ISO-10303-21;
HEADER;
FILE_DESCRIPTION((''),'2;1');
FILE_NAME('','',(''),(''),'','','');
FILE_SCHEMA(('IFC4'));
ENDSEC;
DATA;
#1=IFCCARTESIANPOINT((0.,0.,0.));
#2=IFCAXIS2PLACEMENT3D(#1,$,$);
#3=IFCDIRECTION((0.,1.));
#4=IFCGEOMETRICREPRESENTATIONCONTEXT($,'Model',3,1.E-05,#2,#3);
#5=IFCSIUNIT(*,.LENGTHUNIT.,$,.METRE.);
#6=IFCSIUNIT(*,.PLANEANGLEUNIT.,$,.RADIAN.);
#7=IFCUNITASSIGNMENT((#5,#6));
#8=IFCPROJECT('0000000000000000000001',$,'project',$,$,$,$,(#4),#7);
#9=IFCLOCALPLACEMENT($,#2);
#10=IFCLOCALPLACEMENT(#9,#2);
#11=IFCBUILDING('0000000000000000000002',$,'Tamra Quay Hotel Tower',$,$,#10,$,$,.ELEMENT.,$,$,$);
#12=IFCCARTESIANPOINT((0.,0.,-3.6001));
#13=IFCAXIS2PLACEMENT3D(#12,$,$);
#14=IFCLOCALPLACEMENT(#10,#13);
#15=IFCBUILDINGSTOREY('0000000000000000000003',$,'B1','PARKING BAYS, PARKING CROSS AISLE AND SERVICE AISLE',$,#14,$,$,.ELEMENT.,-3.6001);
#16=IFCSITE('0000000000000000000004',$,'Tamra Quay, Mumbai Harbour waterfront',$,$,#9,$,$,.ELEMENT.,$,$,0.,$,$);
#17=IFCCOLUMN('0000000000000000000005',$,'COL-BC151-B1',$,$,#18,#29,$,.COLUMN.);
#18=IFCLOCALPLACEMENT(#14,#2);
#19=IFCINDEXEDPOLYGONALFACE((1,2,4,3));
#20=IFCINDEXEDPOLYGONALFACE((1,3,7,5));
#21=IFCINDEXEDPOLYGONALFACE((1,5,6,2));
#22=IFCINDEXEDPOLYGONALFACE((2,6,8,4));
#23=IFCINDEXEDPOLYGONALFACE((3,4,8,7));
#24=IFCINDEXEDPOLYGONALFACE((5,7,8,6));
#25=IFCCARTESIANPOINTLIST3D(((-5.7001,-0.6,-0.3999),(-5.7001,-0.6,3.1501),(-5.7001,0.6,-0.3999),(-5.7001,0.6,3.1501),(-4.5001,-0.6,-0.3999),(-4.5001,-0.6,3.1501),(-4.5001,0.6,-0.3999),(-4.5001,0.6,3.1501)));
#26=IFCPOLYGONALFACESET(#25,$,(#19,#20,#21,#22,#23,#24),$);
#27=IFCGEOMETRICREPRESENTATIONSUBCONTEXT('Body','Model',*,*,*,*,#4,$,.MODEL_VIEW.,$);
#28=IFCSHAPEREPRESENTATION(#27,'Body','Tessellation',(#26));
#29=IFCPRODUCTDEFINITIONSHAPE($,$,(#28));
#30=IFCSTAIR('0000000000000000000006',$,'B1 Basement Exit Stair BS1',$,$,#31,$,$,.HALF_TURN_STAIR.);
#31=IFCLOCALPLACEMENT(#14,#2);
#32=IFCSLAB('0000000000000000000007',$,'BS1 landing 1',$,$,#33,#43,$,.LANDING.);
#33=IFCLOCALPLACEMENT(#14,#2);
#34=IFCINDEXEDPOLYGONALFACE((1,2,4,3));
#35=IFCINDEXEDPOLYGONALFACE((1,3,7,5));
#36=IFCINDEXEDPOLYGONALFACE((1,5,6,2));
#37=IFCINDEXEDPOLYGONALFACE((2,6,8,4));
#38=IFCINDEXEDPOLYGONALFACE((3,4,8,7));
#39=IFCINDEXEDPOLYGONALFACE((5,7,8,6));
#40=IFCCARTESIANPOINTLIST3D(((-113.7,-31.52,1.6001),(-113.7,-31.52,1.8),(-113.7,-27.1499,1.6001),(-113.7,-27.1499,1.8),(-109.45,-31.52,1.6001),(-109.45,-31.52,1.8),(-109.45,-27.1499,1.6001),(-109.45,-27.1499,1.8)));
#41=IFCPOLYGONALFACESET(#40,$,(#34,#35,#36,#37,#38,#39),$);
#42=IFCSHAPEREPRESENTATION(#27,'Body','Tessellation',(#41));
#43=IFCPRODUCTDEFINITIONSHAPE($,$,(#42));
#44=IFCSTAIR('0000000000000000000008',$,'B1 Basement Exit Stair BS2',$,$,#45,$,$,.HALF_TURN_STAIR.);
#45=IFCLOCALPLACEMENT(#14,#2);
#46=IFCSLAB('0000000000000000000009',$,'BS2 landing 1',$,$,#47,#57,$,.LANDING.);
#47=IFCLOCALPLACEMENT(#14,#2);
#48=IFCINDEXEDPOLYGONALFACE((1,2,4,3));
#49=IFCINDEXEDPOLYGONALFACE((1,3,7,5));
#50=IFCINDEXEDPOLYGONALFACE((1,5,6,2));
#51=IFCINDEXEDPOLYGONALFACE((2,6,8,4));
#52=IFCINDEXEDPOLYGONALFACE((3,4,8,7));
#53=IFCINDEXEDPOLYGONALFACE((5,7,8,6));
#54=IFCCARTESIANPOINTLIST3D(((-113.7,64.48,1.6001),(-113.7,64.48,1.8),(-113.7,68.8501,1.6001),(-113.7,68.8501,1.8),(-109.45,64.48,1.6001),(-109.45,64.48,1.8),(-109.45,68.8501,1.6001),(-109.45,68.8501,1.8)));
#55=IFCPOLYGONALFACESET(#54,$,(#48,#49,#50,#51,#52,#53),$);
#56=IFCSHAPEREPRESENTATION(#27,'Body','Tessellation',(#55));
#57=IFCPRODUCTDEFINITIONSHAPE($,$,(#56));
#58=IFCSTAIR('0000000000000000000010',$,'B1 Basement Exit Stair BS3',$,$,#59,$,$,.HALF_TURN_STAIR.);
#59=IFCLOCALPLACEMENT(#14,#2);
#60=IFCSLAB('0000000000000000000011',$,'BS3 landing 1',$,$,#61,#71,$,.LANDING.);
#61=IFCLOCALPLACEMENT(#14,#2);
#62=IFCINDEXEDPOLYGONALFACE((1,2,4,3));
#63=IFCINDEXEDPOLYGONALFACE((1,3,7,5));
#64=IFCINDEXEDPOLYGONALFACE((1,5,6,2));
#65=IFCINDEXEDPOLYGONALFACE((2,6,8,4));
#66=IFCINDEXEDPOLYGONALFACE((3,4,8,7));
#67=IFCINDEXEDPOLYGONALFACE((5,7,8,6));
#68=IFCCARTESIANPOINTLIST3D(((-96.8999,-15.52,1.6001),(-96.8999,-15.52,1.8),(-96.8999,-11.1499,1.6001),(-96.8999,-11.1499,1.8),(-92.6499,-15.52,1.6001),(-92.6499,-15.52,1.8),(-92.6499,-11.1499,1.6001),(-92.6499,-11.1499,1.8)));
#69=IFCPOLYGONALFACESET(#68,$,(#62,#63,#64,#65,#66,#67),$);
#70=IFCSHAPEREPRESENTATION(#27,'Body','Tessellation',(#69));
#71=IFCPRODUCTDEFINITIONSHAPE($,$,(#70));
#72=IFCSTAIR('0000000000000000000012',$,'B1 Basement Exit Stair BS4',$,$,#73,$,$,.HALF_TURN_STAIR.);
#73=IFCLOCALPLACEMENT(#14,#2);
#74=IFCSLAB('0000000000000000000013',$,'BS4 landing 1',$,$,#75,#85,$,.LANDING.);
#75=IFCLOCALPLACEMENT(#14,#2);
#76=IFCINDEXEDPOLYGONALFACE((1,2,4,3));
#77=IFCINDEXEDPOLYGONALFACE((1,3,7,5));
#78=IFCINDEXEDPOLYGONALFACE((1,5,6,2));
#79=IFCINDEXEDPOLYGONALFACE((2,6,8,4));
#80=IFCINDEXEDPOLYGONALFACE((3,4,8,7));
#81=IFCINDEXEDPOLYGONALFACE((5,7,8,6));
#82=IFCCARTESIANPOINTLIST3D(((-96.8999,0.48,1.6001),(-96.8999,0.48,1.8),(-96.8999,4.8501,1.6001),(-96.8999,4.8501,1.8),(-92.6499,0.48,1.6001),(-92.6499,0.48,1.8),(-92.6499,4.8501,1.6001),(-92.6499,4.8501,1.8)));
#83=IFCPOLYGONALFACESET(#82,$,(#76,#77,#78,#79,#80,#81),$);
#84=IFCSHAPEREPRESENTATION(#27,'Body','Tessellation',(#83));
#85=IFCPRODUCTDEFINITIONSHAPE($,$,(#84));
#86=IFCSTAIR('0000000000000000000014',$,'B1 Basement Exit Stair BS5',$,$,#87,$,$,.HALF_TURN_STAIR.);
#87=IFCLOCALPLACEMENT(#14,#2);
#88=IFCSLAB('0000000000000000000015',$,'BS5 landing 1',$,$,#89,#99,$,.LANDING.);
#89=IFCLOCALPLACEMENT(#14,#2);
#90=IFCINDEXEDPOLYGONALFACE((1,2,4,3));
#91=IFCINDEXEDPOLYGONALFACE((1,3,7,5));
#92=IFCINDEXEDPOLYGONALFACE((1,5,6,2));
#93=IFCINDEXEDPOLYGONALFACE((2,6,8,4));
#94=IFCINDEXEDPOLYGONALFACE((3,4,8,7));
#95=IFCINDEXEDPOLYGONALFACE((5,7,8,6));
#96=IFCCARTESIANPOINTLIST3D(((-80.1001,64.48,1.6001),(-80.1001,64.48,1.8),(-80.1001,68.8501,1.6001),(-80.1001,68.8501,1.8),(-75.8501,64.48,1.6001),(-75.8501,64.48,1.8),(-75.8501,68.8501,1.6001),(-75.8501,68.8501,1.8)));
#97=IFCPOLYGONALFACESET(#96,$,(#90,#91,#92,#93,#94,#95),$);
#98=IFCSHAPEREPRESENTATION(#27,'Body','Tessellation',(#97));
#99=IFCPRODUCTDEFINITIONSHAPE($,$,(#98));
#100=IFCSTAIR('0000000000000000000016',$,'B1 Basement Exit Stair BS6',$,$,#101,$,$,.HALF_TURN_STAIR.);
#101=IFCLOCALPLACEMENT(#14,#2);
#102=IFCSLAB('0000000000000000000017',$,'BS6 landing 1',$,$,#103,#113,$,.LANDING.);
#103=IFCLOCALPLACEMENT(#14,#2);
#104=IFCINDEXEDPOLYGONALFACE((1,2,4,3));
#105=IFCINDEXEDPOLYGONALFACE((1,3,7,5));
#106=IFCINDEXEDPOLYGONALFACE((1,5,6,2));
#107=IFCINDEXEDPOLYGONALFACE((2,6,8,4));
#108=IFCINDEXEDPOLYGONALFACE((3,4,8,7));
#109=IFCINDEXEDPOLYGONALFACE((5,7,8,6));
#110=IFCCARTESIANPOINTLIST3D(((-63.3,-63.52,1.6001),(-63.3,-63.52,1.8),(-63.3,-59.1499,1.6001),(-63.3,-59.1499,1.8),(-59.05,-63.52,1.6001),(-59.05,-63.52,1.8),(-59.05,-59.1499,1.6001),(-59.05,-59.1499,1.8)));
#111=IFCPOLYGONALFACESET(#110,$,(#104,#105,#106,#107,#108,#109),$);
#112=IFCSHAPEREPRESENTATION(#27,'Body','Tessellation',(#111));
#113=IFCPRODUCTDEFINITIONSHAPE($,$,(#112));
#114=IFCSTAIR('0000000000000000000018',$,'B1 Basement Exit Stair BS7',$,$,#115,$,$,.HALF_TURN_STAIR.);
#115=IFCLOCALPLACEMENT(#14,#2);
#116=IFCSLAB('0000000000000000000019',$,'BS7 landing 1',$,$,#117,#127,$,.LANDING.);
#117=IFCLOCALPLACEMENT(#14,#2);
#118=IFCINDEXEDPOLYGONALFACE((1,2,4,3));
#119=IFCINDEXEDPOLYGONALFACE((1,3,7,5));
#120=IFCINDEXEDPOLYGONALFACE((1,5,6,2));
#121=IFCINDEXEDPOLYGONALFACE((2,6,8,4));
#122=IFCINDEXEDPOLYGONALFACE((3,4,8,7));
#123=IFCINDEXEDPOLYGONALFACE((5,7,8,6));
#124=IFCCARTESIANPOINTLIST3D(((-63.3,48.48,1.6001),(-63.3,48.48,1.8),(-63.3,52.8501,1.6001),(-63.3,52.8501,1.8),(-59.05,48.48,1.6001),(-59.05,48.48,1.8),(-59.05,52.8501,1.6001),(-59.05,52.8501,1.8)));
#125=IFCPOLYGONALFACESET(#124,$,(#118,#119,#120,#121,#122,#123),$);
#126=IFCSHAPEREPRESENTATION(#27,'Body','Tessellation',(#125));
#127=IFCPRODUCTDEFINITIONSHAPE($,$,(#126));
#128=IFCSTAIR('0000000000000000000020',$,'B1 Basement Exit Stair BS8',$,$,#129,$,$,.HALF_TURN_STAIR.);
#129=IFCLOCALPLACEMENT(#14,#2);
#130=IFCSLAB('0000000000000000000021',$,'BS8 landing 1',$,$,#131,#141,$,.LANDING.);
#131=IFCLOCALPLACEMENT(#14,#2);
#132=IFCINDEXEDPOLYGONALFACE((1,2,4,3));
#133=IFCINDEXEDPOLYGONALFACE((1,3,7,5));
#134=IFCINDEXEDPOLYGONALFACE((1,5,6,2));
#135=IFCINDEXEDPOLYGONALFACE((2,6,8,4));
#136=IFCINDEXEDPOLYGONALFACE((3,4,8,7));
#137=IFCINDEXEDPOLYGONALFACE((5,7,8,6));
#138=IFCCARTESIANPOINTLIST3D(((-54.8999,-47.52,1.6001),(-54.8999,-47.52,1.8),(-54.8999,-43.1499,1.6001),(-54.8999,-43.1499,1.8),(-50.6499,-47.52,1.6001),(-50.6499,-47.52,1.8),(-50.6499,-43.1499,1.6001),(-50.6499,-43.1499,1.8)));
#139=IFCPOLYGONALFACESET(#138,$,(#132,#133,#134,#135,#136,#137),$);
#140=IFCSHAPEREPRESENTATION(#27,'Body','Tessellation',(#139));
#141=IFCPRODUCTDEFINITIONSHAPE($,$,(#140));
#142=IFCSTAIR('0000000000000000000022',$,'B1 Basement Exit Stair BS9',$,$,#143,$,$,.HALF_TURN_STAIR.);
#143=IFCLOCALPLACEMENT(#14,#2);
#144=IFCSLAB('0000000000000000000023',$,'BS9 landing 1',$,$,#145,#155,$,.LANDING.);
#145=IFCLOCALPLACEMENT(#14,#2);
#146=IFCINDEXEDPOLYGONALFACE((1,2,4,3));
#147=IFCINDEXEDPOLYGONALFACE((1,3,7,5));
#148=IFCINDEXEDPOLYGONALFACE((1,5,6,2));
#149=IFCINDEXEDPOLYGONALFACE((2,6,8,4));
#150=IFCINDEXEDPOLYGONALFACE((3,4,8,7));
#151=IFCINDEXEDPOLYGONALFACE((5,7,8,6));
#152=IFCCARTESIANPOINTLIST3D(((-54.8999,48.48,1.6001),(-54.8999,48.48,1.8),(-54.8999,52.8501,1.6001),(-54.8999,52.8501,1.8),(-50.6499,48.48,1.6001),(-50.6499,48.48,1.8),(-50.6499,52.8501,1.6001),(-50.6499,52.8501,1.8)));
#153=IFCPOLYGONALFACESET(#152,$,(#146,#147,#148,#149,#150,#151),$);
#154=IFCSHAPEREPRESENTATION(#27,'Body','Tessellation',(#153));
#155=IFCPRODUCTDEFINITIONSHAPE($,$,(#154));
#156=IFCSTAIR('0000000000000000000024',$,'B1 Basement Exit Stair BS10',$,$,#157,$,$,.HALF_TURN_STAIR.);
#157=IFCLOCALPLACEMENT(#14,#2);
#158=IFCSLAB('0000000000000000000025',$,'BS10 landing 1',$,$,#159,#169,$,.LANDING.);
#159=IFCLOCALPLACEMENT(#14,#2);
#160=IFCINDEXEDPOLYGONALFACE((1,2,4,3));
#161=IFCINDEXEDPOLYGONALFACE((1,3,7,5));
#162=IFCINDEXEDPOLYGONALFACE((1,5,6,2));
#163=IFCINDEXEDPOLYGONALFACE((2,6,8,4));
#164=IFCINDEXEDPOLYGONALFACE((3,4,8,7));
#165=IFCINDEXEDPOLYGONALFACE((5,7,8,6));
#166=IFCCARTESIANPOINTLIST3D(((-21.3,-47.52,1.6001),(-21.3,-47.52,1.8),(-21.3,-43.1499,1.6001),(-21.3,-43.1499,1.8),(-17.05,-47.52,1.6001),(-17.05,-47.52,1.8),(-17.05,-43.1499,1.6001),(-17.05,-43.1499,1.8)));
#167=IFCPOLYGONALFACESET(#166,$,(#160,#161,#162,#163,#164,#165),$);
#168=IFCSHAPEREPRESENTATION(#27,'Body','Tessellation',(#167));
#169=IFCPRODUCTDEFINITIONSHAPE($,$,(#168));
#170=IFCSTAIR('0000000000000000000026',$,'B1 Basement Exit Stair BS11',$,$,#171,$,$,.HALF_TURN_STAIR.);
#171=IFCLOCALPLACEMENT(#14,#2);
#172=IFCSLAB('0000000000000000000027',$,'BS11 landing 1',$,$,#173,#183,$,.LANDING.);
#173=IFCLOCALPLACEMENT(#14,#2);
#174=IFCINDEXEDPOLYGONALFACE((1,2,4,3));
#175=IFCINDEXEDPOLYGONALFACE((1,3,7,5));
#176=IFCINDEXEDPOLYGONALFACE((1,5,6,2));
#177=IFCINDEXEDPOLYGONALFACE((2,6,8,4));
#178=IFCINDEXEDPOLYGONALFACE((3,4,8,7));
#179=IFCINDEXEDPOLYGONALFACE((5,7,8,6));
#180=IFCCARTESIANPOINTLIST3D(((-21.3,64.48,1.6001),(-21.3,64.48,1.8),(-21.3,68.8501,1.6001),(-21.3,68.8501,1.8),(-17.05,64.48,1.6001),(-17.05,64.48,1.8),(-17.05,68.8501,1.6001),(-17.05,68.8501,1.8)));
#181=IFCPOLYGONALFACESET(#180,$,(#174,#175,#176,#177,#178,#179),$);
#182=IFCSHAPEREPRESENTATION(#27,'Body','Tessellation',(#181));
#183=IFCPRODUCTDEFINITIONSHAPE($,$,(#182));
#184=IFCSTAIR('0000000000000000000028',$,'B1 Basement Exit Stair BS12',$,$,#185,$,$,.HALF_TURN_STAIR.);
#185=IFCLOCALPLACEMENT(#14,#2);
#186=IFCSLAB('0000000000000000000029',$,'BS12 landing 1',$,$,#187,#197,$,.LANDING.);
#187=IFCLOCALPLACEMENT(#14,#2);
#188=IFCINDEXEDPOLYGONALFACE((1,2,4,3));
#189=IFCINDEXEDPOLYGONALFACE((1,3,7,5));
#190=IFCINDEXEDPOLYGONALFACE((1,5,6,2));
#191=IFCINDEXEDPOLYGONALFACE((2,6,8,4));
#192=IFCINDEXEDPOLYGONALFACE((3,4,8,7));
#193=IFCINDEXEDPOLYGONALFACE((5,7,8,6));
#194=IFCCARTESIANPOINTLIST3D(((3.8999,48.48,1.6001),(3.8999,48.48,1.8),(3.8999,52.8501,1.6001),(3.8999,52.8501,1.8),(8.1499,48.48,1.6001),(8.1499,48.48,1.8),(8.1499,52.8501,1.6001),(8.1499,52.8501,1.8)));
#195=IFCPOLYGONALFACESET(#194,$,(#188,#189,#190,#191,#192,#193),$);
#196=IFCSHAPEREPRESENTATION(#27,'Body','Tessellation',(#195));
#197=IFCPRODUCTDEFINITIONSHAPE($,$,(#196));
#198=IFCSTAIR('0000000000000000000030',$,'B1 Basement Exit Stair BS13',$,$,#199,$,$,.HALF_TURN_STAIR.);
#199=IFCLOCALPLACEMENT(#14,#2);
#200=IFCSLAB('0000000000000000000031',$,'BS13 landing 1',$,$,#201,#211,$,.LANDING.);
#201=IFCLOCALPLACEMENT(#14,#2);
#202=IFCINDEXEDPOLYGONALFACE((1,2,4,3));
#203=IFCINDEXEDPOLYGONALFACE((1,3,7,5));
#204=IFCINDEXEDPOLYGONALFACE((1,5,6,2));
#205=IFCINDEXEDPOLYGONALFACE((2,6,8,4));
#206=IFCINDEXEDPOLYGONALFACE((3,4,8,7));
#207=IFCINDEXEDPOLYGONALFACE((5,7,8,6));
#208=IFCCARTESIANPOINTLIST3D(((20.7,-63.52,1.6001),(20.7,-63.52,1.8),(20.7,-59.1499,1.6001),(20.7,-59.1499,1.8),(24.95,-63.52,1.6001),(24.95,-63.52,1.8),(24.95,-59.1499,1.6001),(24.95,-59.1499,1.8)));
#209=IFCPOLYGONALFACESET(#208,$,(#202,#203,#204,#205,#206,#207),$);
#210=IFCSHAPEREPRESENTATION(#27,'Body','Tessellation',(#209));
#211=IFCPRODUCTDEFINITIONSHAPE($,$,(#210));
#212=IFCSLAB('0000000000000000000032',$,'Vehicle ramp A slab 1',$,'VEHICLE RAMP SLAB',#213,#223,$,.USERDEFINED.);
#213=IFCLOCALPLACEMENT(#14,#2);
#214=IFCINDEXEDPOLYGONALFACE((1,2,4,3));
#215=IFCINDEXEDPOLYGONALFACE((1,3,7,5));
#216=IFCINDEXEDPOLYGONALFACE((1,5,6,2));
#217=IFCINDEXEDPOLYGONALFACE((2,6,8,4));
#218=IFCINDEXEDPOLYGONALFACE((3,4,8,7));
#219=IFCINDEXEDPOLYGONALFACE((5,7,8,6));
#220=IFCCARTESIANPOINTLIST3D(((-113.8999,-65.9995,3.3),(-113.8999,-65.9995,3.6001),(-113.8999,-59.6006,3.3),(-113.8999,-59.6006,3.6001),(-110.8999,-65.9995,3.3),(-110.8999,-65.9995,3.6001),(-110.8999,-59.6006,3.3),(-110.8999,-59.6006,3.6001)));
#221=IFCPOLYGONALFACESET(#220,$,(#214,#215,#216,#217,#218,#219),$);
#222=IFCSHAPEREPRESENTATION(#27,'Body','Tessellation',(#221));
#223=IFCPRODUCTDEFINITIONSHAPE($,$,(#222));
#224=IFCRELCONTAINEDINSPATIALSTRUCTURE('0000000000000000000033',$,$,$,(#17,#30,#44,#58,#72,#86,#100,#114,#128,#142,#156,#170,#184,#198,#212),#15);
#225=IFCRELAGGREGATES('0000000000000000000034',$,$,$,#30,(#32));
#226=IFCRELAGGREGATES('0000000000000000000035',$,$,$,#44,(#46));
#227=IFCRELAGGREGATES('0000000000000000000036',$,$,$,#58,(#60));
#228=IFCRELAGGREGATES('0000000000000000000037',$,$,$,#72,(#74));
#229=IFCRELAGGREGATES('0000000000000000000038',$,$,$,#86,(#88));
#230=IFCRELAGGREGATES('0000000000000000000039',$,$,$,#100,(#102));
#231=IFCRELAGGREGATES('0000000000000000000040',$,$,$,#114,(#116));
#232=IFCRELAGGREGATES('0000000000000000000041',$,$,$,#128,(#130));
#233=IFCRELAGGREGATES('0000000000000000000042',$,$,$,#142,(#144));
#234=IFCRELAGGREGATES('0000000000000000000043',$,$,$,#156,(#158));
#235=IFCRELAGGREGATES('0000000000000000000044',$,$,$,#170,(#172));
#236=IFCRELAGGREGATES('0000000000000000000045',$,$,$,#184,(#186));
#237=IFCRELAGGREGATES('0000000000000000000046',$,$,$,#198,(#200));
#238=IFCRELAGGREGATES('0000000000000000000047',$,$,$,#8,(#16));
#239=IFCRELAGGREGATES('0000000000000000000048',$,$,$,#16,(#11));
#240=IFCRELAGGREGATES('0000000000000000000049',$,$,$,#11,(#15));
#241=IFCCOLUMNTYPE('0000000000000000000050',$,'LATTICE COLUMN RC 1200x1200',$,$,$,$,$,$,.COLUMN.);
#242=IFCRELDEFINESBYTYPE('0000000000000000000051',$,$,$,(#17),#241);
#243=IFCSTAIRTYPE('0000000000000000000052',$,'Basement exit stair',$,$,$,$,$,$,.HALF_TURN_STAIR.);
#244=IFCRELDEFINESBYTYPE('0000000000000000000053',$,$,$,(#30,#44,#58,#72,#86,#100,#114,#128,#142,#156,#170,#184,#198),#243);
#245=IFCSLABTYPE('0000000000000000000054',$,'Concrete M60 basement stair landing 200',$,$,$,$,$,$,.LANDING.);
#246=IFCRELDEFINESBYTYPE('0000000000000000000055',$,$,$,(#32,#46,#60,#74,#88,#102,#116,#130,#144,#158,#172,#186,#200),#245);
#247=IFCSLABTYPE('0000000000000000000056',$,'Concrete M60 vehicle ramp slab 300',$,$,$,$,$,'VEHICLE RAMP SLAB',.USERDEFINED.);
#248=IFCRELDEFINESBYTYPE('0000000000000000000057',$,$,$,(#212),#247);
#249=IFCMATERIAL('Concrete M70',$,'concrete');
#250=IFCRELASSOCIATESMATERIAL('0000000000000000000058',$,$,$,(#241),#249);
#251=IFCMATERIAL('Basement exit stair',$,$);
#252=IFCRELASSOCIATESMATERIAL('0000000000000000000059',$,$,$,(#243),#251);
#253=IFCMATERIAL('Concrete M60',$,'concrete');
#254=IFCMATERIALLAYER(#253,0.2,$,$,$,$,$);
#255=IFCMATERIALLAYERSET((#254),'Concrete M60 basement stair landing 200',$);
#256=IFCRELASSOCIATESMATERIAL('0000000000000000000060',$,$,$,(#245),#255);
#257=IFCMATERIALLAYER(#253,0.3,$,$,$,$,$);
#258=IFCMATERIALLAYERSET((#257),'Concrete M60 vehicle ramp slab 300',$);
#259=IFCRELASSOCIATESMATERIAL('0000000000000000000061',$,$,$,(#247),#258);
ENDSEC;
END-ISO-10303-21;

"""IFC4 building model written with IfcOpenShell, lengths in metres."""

from ifc_helpers import new_model, si_unit, direction, frame, origin, origin_2d, place, context, subcontext, project, spatial, polyline, rectangle, outline, extrude, material, layer, layer_set, material_profile, profile_set, type_object, element, aggregate, save


model = new_model("IFC4")

# Units and contexts
model_context = context("Model", 3, precision=1e-05, world=origin(), true_north=direction((0.0, 1.0)))
body_context = subcontext(model_context, "Body", "Model", "MODEL_VIEW")
ifc_project = project(units=[si_unit("LENGTHUNIT", "METRE"), si_unit("PLANEANGLEUNIT", "RADIAN")], contexts=[model_context])

# Site, building, storey
site_placement = place(None, origin())
site = spatial("IfcSite", under=ifc_project, at=site_placement, Name="Tamra Quay, Mumbai Harbour waterfront", CompositionType="ELEMENT", RefElevation=0.0)
building_placement = place(site_placement, origin())
building = spatial("IfcBuilding", under=site, at=building_placement, Name="Tamra Quay Hotel Tower", CompositionType="ELEMENT")
storey_placement = place(building_placement, frame((0.0, 0.0, -3.6001)))
storey = spatial("IfcBuildingStorey", under=building, at=storey_placement, Name="B1", Description="PARKING BAYS, PARKING CROSS AISLE AND SERVICE AISLE", CompositionType="ELEMENT", Elevation=-3.6001)

# Column
ifc_material_1 = material(Name="Concrete M70", Category="concrete")
ifc_material_profile = material_profile(ifc_material_1, rectangle(XDim=1.2, YDim=1.2, at=origin_2d()), Name="LATTICE COLUMN RC 1200x1200")
ifc_profile_set = profile_set([ifc_material_profile], Name="Concrete M70")
column_type = type_object("IfcColumnType", Name="LATTICE COLUMN RC 1200x1200", PredefinedType="COLUMN", material=ifc_profile_set)
column_placement = place(storey_placement, frame((-5.1001, 0.0, -0.3999), z_axis=(0.0, 0.0, 1.0), x_axis=(1.0, 0.0, 0.0)))
element("IfcColumn", 1, at=column_placement, inside=storey, type_object=column_type, Name="COL-BC151-B1", PredefinedType="COLUMN", context=body_context, shape_type="SweptSolid", body=[
    extrude(rectangle(XDim=1.2, YDim=1.2, at=origin_2d()), origin(), (0.0, 0.0, 1.0), 3.55),
])

# Stairs, slabs
ifc_material_2 = material(Name="Basement exit stair")
stair_type_1 = type_object("IfcStairType", Name="Basement exit stair", PredefinedType="HALF_TURN_STAIR", material=ifc_material_2)
stair_1_placement = place(storey_placement, origin())
stair_1 = element("IfcStair", 2, at=stair_1_placement, inside=storey, type_object=stair_type_1, Name="B1 Basement Exit Stair BS1", PredefinedType="HALF_TURN_STAIR")
ifc_material_3 = material(Name="Concrete M60", Category="concrete")
ifc_layer_1 = layer(ifc_material_3, 0.2)
ifc_layer_set_1 = layer_set([ifc_layer_1], Name="Concrete M60 basement stair landing 200")
slab_type_1 = type_object("IfcSlabType", Name="Concrete M60 basement stair landing 200", PredefinedType="LANDING", material=ifc_layer_set_1)
slab_1_placement = place(storey_placement, frame((0.0, 0.0, 1.6001)))
slab_1 = element("IfcSlab", 3, at=slab_1_placement, type_object=slab_type_1, Name="BS1 landing 1", PredefinedType="LANDING", context=body_context, shape_type="SweptSolid", body=[
    extrude(outline(polyline([(-109.45, -31.52), (-109.45, -27.1499), (-113.7, -27.1499), (-113.7, -31.52), (-109.45, -31.52)])), origin(), (0.0, 0.0, 1.0), 0.2),
])
aggregate(stair_1, [slab_1])
stair_2_placement = place(storey_placement, origin())
stair_2 = element("IfcStair", 4, at=stair_2_placement, inside=storey, type_object=stair_type_1, Name="B1 Basement Exit Stair BS2", PredefinedType="HALF_TURN_STAIR")
slab_2_placement = place(storey_placement, frame((0.0, 0.0, 1.6001)))
slab_2 = element("IfcSlab", 5, at=slab_2_placement, type_object=slab_type_1, Name="BS2 landing 1", PredefinedType="LANDING", context=body_context, shape_type="SweptSolid", body=[
    extrude(outline(polyline([(-109.45, 64.48), (-109.45, 68.8501), (-113.7, 68.8501), (-113.7, 64.48), (-109.45, 64.48)])), origin(), (0.0, 0.0, 1.0), 0.2),
])
aggregate(stair_2, [slab_2])
stair_3_placement = place(storey_placement, origin())
stair_3 = element("IfcStair", 6, at=stair_3_placement, inside=storey, type_object=stair_type_1, Name="B1 Basement Exit Stair BS3", PredefinedType="HALF_TURN_STAIR")
slab_3_placement = place(storey_placement, frame((0.0, 0.0, 1.6001)))
slab_3 = element("IfcSlab", 7, at=slab_3_placement, type_object=slab_type_1, Name="BS3 landing 1", PredefinedType="LANDING", context=body_context, shape_type="SweptSolid", body=[
    extrude(outline(polyline([(-92.6499, -15.52), (-92.6499, -11.1499), (-96.8999, -11.1499), (-96.8999, -15.52), (-92.6499, -15.52)])), origin(), (0.0, 0.0, 1.0), 0.2),
])
aggregate(stair_3, [slab_3])
stair_4_placement = place(storey_placement, origin())
stair_4 = element("IfcStair", 8, at=stair_4_placement, inside=storey, type_object=stair_type_1, Name="B1 Basement Exit Stair BS4", PredefinedType="HALF_TURN_STAIR")
slab_4_placement = place(storey_placement, frame((0.0, 0.0, 1.6001)))
slab_4 = element("IfcSlab", 9, at=slab_4_placement, type_object=slab_type_1, Name="BS4 landing 1", PredefinedType="LANDING", context=body_context, shape_type="SweptSolid", body=[
    extrude(outline(polyline([(-92.6499, 0.48), (-92.6499, 4.8501), (-96.8999, 4.8501), (-96.8999, 0.48), (-92.6499, 0.48)])), origin(), (0.0, 0.0, 1.0), 0.2),
])
aggregate(stair_4, [slab_4])
stair_5_placement = place(storey_placement, origin())
stair_5 = element("IfcStair", 10, at=stair_5_placement, inside=storey, type_object=stair_type_1, Name="B1 Basement Exit Stair BS5", PredefinedType="HALF_TURN_STAIR")
slab_5_placement = place(storey_placement, frame((0.0, 0.0, 1.6001)))
slab_5 = element("IfcSlab", 11, at=slab_5_placement, type_object=slab_type_1, Name="BS5 landing 1", PredefinedType="LANDING", context=body_context, shape_type="SweptSolid", body=[
    extrude(outline(polyline([(-75.8501, 64.48), (-75.8501, 68.8501), (-80.1001, 68.8501), (-80.1001, 64.48), (-75.8501, 64.48)])), origin(), (0.0, 0.0, 1.0), 0.2),
])
aggregate(stair_5, [slab_5])
stair_6_placement = place(storey_placement, origin())
stair_6 = element("IfcStair", 12, at=stair_6_placement, inside=storey, type_object=stair_type_1, Name="B1 Basement Exit Stair BS6", PredefinedType="HALF_TURN_STAIR")
slab_6_placement = place(storey_placement, frame((0.0, 0.0, 1.6001)))
slab_6 = element("IfcSlab", 13, at=slab_6_placement, type_object=slab_type_1, Name="BS6 landing 1", PredefinedType="LANDING", context=body_context, shape_type="SweptSolid", body=[
    extrude(outline(polyline([(-59.05, -63.52), (-59.05, -59.1499), (-63.3, -59.1499), (-63.3, -63.52), (-59.05, -63.52)])), origin(), (0.0, 0.0, 1.0), 0.2),
])
aggregate(stair_6, [slab_6])
stair_7_placement = place(storey_placement, origin())
stair_7 = element("IfcStair", 14, at=stair_7_placement, inside=storey, type_object=stair_type_1, Name="B1 Basement Exit Stair BS7", PredefinedType="HALF_TURN_STAIR")
slab_7_placement = place(storey_placement, frame((0.0, 0.0, 1.6001)))
slab_7 = element("IfcSlab", 15, at=slab_7_placement, type_object=slab_type_1, Name="BS7 landing 1", PredefinedType="LANDING", context=body_context, shape_type="SweptSolid", body=[
    extrude(outline(polyline([(-59.05, 48.48), (-59.05, 52.8501), (-63.3, 52.8501), (-63.3, 48.48), (-59.05, 48.48)])), origin(), (0.0, 0.0, 1.0), 0.2),
])
aggregate(stair_7, [slab_7])
stair_8_placement = place(storey_placement, origin())
stair_8 = element("IfcStair", 16, at=stair_8_placement, inside=storey, type_object=stair_type_1, Name="B1 Basement Exit Stair BS8", PredefinedType="HALF_TURN_STAIR")
slab_8_placement = place(storey_placement, frame((0.0, 0.0, 1.6001)))
slab_8 = element("IfcSlab", 17, at=slab_8_placement, type_object=slab_type_1, Name="BS8 landing 1", PredefinedType="LANDING", context=body_context, shape_type="SweptSolid", body=[
    extrude(outline(polyline([(-50.6499, -47.52), (-50.6499, -43.1499), (-54.8999, -43.1499), (-54.8999, -47.52), (-50.6499, -47.52)])), origin(), (0.0, 0.0, 1.0), 0.2),
])
aggregate(stair_8, [slab_8])
stair_9_placement = place(storey_placement, origin())
stair_9 = element("IfcStair", 18, at=stair_9_placement, inside=storey, type_object=stair_type_1, Name="B1 Basement Exit Stair BS9", PredefinedType="HALF_TURN_STAIR")
slab_9_placement = place(storey_placement, frame((0.0, 0.0, 1.6001)))
slab_9 = element("IfcSlab", 19, at=slab_9_placement, type_object=slab_type_1, Name="BS9 landing 1", PredefinedType="LANDING", context=body_context, shape_type="SweptSolid", body=[
    extrude(outline(polyline([(-50.6499, 48.48), (-50.6499, 52.8501), (-54.8999, 52.8501), (-54.8999, 48.48), (-50.6499, 48.48)])), origin(), (0.0, 0.0, 1.0), 0.2),
])
aggregate(stair_9, [slab_9])
stair_10_placement = place(storey_placement, origin())
stair_10 = element("IfcStair", 20, at=stair_10_placement, inside=storey, type_object=stair_type_1, Name="B1 Basement Exit Stair BS10", PredefinedType="HALF_TURN_STAIR")
slab_10_placement = place(storey_placement, frame((0.0, 0.0, 1.6001)))
slab_10 = element("IfcSlab", 21, at=slab_10_placement, type_object=slab_type_1, Name="BS10 landing 1", PredefinedType="LANDING", context=body_context, shape_type="SweptSolid", body=[
    extrude(outline(polyline([(-17.05, -47.52), (-17.05, -43.1499), (-21.3, -43.1499), (-21.3, -47.52), (-17.05, -47.52)])), origin(), (0.0, 0.0, 1.0), 0.2),
])
aggregate(stair_10, [slab_10])
stair_11_placement = place(storey_placement, origin())
stair_11 = element("IfcStair", 22, at=stair_11_placement, inside=storey, type_object=stair_type_1, Name="B1 Basement Exit Stair BS11", PredefinedType="HALF_TURN_STAIR")
slab_11_placement = place(storey_placement, frame((0.0, 0.0, 1.6001)))
slab_11 = element("IfcSlab", 23, at=slab_11_placement, type_object=slab_type_1, Name="BS11 landing 1", PredefinedType="LANDING", context=body_context, shape_type="SweptSolid", body=[
    extrude(outline(polyline([(-17.05, 64.48), (-17.05, 68.8501), (-21.3, 68.8501), (-21.3, 64.48), (-17.05, 64.48)])), origin(), (0.0, 0.0, 1.0), 0.2),
])
aggregate(stair_11, [slab_11])
stair_12_placement = place(storey_placement, origin())
stair_12 = element("IfcStair", 24, at=stair_12_placement, inside=storey, type_object=stair_type_1, Name="B1 Basement Exit Stair BS12", PredefinedType="HALF_TURN_STAIR")
slab_12_placement = place(storey_placement, frame((0.0, 0.0, 1.6001)))
slab_12 = element("IfcSlab", 25, at=slab_12_placement, type_object=slab_type_1, Name="BS12 landing 1", PredefinedType="LANDING", context=body_context, shape_type="SweptSolid", body=[
    extrude(outline(polyline([(8.1499, 48.48), (8.1499, 52.8501), (3.8999, 52.8501), (3.8999, 48.48), (8.1499, 48.48)])), origin(), (0.0, 0.0, 1.0), 0.2),
])
aggregate(stair_12, [slab_12])
stair_13_placement = place(storey_placement, origin())
stair_13 = element("IfcStair", 26, at=stair_13_placement, inside=storey, type_object=stair_type_1, Name="B1 Basement Exit Stair BS13", PredefinedType="HALF_TURN_STAIR")
slab_13_placement = place(storey_placement, frame((0.0, 0.0, 1.6001)))
slab_13 = element("IfcSlab", 27, at=slab_13_placement, type_object=slab_type_1, Name="BS13 landing 1", PredefinedType="LANDING", context=body_context, shape_type="SweptSolid", body=[
    extrude(outline(polyline([(24.95, -63.52), (24.95, -59.1499), (20.7, -59.1499), (20.7, -63.52), (24.95, -63.52)])), origin(), (0.0, 0.0, 1.0), 0.2),
])
aggregate(stair_13, [slab_13])

# Slab
ifc_layer_2 = layer(ifc_material_3, 0.3)
ifc_layer_set_2 = layer_set([ifc_layer_2], Name="Concrete M60 vehicle ramp slab 300")
slab_type_2 = type_object("IfcSlabType", Name="Concrete M60 vehicle ramp slab 300", ElementType="VEHICLE RAMP SLAB", PredefinedType="USERDEFINED", material=ifc_layer_set_2)
slab_14_placement = place(storey_placement, frame((0.0, 0.0, 3.3)))
element("IfcSlab", 28, at=slab_14_placement, inside=storey, type_object=slab_type_2, Name="Vehicle ramp A slab 1", ObjectType="VEHICLE RAMP SLAB", PredefinedType="USERDEFINED", context=body_context, shape_type="SweptSolid", body=[
    extrude(outline(polyline([(-113.8999, -65.9995), (-110.8999, -65.9995), (-110.8999, -59.6006), (-113.8999, -59.6006), (-113.8999, -65.9995)])), origin(), (0.0, 0.0, 1.0), 0.3),
])

save(model, "model.ifc")
